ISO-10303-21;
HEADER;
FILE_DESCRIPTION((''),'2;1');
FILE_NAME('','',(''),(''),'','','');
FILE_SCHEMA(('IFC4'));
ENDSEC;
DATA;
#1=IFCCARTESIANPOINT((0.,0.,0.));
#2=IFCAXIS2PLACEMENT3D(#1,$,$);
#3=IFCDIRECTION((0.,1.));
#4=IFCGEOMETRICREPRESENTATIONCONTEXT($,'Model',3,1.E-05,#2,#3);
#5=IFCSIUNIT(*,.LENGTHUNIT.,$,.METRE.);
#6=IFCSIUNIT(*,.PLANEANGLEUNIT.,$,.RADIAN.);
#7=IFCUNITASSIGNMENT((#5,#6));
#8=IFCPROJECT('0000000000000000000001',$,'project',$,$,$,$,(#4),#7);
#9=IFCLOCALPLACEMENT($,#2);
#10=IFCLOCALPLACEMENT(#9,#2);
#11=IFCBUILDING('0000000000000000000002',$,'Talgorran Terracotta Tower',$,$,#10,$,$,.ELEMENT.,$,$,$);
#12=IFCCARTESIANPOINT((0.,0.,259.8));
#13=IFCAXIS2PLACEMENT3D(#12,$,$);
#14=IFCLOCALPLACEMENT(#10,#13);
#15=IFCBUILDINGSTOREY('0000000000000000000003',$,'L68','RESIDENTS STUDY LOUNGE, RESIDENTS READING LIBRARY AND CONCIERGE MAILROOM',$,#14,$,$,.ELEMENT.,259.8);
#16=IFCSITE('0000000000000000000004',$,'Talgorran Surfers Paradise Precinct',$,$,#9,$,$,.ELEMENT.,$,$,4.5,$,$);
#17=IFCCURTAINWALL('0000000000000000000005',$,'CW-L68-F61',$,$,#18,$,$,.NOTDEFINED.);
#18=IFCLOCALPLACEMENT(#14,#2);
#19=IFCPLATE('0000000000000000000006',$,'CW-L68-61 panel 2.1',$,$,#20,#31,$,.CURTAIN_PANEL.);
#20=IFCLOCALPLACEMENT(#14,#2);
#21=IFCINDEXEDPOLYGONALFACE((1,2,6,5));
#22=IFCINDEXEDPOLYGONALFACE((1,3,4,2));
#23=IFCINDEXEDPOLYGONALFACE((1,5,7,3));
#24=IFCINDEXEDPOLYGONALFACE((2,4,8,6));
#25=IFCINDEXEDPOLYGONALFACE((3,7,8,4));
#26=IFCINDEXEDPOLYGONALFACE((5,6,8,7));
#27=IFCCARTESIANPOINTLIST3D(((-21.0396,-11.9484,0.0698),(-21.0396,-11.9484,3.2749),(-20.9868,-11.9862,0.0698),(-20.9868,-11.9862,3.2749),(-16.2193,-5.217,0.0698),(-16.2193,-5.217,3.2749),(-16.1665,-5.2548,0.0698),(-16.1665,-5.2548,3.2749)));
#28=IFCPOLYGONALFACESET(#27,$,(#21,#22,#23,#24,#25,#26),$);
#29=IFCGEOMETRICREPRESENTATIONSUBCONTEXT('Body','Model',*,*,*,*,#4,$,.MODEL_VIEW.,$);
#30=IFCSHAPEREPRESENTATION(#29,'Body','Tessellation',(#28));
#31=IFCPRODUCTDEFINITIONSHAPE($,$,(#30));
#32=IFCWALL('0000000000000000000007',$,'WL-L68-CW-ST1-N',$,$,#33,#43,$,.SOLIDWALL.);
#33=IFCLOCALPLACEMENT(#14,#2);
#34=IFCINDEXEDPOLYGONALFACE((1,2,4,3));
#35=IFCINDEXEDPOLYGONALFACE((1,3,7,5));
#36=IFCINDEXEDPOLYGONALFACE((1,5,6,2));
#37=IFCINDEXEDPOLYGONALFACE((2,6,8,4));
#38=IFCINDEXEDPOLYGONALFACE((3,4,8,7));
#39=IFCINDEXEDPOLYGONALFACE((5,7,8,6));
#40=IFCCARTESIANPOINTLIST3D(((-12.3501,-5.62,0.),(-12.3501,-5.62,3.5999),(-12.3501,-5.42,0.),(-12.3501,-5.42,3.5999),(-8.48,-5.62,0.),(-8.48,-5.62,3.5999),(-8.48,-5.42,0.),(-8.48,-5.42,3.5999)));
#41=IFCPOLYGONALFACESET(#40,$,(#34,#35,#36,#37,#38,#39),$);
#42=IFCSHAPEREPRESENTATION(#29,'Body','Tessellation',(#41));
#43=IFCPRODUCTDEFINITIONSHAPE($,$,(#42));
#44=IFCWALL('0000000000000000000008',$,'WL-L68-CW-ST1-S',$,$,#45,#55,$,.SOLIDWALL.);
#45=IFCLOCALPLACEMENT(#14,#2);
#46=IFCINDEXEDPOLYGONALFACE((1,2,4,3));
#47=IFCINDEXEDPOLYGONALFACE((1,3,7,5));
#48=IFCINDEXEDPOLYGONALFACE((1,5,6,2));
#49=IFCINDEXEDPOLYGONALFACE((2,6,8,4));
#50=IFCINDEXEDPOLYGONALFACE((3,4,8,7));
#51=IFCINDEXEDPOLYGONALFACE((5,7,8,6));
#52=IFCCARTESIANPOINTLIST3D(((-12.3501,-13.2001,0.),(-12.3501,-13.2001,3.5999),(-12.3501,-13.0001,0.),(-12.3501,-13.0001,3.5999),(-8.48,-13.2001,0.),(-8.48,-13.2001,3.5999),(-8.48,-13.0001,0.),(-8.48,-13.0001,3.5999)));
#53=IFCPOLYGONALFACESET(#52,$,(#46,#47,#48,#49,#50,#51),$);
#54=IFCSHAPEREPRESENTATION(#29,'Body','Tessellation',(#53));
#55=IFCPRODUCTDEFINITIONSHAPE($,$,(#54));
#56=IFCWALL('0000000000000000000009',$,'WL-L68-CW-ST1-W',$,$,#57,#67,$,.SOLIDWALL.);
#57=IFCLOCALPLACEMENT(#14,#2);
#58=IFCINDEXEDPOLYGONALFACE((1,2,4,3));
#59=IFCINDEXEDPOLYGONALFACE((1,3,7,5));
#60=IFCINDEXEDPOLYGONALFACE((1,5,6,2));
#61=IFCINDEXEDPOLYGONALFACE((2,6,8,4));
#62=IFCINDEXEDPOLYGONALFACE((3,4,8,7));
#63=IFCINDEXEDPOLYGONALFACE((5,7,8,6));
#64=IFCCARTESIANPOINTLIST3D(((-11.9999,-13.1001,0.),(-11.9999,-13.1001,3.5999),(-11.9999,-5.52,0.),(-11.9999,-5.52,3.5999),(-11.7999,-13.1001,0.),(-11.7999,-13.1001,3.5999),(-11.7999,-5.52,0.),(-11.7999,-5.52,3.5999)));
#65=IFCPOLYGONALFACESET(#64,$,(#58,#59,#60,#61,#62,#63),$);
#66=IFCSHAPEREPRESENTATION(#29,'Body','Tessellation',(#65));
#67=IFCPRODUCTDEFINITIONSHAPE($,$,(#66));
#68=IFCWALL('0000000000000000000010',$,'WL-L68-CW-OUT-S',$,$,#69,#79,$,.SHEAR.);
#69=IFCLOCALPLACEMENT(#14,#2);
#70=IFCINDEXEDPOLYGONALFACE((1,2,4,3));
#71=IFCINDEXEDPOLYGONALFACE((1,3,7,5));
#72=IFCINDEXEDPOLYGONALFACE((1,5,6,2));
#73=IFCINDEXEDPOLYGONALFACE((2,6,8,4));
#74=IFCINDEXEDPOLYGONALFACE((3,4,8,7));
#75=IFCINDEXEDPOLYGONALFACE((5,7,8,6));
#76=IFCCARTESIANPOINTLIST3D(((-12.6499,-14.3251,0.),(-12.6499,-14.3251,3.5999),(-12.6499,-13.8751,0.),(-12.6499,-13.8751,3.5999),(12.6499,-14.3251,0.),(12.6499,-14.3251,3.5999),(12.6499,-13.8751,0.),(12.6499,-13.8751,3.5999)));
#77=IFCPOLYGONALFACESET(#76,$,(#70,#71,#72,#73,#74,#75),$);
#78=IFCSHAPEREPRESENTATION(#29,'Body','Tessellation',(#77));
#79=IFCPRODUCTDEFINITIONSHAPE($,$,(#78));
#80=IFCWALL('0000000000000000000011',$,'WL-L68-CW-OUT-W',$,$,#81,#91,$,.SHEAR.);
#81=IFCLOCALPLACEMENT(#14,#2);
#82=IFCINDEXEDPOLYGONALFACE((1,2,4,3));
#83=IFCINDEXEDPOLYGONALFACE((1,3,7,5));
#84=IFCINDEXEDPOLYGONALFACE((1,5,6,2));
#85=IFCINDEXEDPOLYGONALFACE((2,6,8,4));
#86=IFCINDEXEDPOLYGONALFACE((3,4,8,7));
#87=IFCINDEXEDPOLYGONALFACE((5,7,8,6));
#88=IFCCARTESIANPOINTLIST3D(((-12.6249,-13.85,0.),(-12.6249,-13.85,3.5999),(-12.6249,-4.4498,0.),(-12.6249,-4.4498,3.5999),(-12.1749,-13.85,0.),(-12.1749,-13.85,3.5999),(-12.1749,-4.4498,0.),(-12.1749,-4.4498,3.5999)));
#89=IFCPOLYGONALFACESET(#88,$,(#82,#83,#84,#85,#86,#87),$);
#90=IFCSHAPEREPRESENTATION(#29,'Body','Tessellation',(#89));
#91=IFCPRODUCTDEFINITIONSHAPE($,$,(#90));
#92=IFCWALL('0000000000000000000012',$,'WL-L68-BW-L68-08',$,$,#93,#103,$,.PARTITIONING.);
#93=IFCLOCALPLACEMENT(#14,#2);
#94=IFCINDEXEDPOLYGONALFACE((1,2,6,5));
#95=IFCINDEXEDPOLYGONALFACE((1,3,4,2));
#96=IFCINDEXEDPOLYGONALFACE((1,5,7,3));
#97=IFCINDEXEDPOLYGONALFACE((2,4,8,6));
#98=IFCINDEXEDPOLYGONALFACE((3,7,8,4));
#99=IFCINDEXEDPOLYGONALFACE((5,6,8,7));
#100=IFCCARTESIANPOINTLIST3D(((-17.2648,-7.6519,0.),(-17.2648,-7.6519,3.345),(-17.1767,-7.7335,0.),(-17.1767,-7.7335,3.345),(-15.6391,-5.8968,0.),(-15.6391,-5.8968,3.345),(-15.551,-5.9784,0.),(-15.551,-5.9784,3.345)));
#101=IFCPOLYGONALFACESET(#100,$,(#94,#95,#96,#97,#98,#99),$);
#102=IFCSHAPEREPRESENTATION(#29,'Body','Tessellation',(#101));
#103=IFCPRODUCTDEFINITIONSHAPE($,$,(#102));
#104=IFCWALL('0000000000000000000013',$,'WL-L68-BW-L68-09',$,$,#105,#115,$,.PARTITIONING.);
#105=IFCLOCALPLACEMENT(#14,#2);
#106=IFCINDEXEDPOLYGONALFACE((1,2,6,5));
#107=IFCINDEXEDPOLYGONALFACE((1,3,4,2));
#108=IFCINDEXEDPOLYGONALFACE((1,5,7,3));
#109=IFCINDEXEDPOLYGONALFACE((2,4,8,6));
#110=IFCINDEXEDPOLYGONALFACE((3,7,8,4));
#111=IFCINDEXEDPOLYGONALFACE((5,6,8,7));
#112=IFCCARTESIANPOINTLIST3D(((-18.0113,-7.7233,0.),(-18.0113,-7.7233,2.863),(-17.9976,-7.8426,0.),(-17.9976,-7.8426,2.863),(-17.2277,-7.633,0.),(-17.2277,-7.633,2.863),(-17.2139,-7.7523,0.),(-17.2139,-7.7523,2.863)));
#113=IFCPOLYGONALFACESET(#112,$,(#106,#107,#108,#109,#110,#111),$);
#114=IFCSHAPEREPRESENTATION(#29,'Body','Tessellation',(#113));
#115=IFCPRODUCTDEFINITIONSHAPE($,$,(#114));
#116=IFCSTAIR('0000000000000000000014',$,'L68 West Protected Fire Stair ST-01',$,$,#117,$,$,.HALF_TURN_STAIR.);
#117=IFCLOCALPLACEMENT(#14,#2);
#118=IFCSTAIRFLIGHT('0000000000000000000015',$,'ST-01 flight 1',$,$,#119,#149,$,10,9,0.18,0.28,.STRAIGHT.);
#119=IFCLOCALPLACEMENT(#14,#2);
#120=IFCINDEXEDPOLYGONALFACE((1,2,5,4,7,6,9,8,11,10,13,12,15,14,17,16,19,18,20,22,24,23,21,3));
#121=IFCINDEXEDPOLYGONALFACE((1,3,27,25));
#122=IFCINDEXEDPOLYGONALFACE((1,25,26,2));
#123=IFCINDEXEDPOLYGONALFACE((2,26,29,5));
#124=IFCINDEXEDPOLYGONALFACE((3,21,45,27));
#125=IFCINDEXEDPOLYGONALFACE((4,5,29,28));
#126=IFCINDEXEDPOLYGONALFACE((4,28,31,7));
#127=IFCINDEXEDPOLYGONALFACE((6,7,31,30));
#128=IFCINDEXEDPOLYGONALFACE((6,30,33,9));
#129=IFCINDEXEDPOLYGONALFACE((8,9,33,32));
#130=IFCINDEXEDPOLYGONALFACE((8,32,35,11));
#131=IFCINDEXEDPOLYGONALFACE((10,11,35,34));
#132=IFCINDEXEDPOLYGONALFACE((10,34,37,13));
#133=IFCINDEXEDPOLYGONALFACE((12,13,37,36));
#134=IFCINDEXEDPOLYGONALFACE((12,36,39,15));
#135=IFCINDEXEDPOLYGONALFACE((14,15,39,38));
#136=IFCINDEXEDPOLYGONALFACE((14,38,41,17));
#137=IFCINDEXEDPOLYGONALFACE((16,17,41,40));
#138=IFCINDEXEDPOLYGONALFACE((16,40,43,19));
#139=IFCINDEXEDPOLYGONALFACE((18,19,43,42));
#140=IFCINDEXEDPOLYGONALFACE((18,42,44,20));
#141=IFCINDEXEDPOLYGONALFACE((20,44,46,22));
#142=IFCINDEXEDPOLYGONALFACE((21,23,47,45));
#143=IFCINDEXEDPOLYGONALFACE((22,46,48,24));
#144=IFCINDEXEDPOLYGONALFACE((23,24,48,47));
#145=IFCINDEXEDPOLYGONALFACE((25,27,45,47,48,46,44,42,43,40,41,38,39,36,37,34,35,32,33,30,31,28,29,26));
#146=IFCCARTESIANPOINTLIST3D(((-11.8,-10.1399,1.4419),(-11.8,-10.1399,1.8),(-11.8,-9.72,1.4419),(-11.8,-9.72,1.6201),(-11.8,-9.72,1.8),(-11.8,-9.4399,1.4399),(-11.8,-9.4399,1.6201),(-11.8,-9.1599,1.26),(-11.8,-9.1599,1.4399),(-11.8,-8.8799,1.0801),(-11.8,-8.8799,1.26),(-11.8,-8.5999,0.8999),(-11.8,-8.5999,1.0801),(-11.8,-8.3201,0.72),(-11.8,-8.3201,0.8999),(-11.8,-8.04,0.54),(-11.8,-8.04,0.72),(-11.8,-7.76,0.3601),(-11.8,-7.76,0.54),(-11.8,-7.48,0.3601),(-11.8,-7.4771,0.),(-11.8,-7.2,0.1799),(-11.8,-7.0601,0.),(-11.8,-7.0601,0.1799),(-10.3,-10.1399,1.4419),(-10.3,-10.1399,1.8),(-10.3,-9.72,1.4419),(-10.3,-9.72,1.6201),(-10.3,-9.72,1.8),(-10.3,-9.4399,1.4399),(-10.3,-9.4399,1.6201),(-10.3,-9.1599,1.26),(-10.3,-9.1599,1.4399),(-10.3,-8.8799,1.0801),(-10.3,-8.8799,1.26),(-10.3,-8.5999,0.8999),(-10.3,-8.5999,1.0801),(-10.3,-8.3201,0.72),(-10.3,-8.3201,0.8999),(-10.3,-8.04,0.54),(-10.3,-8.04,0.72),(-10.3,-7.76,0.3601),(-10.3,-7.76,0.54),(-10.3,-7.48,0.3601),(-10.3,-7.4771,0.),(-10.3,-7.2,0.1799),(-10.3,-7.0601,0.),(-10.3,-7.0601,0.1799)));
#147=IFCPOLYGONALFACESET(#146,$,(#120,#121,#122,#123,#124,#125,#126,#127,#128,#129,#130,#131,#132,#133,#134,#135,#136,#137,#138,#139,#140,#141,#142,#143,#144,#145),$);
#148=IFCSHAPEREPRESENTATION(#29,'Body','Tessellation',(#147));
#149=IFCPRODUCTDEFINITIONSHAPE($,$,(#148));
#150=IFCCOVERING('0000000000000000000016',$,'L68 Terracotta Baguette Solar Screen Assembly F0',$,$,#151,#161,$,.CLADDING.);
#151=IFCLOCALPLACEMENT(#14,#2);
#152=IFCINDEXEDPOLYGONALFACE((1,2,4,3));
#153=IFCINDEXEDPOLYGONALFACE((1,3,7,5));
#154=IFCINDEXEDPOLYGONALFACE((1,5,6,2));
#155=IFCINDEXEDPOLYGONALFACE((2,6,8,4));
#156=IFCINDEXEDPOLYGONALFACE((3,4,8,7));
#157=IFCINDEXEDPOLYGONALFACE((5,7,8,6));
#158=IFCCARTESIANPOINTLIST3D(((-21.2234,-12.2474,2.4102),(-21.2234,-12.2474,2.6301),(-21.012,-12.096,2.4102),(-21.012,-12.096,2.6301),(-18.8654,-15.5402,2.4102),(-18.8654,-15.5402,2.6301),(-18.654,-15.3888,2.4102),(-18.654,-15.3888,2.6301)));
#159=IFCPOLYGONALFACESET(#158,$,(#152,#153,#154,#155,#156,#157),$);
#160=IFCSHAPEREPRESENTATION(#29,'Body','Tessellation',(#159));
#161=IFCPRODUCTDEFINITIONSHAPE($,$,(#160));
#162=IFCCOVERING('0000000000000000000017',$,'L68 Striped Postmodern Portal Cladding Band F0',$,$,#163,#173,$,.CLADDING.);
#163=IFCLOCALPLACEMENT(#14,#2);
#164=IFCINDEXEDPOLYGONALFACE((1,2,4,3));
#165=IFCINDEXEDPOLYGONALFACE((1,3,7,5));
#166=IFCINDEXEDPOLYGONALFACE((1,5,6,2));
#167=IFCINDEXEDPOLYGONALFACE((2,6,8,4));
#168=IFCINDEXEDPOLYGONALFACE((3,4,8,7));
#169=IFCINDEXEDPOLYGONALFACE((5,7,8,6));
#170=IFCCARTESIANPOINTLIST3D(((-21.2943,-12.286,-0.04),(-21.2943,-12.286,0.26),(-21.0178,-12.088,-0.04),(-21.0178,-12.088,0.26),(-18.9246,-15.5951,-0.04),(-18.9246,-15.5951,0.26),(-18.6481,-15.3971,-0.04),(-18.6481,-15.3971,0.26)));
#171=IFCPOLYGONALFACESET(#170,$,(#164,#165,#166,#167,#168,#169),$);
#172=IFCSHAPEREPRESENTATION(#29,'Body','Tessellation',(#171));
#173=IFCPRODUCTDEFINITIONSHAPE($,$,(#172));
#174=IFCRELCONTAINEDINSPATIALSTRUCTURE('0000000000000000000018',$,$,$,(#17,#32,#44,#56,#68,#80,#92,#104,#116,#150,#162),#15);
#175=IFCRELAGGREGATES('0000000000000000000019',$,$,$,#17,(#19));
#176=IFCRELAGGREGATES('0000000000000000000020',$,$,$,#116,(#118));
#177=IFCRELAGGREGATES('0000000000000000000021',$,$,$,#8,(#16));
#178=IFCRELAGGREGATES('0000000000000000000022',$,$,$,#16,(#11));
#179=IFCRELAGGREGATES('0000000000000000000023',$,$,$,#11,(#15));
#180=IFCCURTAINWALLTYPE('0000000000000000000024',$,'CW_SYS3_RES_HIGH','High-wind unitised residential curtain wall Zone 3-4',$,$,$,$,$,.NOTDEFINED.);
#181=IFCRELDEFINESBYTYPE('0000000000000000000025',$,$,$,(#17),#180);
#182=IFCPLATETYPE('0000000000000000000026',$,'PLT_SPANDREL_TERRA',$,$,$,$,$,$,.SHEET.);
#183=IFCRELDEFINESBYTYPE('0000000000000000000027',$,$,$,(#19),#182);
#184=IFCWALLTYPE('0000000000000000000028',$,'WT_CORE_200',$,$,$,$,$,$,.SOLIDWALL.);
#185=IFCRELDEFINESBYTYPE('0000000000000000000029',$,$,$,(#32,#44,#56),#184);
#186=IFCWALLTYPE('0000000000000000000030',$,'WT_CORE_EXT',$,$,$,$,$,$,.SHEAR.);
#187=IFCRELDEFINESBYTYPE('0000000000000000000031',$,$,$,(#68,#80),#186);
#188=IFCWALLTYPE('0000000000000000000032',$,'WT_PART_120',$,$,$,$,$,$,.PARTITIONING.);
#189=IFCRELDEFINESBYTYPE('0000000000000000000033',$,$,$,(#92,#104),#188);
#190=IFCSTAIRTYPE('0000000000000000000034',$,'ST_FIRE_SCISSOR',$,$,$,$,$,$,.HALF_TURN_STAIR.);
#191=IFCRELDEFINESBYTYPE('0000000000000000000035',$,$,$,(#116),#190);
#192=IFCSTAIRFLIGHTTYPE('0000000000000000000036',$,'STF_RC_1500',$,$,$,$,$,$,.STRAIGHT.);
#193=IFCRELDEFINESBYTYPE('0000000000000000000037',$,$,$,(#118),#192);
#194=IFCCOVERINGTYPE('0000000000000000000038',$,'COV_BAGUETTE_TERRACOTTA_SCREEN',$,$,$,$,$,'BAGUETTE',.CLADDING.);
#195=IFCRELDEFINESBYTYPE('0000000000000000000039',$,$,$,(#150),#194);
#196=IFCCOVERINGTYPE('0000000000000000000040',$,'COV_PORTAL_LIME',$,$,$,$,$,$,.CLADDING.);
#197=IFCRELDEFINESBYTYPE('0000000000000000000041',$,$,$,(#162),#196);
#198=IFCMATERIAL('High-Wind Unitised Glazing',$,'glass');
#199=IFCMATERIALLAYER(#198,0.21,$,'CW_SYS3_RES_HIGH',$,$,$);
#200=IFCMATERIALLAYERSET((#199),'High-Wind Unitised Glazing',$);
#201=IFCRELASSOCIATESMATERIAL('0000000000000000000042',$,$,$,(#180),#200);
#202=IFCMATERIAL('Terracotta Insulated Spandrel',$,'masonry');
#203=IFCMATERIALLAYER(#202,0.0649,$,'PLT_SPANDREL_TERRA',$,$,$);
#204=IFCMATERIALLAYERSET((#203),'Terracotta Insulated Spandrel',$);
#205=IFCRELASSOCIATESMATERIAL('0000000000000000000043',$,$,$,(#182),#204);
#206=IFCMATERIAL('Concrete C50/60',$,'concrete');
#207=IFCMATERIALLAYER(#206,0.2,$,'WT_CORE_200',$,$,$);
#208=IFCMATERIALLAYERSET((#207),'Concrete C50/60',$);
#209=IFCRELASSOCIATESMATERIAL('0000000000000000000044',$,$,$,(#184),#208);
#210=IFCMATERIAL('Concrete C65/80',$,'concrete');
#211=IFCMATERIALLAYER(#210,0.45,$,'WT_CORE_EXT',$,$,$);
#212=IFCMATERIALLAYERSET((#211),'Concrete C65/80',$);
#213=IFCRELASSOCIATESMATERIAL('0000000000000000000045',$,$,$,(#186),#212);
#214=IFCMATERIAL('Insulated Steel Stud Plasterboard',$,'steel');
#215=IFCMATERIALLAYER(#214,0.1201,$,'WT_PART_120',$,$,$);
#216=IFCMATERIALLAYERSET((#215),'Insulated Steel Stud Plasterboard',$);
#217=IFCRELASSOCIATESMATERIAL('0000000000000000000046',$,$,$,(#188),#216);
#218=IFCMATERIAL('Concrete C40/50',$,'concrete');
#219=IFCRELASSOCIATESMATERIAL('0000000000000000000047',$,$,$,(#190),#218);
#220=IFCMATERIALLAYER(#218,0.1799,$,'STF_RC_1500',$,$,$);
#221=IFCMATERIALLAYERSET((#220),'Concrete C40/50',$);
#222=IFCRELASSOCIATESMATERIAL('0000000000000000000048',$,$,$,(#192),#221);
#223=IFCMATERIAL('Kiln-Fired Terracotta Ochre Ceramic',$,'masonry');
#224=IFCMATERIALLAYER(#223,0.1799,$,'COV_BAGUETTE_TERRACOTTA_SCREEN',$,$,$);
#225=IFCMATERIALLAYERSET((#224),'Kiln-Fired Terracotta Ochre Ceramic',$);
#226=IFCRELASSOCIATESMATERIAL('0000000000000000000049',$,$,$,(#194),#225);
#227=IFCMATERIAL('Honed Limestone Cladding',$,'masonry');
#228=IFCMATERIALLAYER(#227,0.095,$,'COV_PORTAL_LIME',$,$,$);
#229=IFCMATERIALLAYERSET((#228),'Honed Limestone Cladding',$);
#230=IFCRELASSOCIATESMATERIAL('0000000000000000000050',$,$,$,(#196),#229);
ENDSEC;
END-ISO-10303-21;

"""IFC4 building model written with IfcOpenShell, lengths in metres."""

from ifc_helpers import new_model, si_unit, direction, frame, frame_2d, origin, origin_2d, place, context, subcontext, project, spatial, polyline, rectangle, outline, extrude, source, transform, mapped, material, layer, layer_set, type_object, element, aggregate, save


model = new_model("IFC4")

# Units and contexts
model_context = context("Model", 3, precision=1e-05, world=origin(), true_north=direction((0.0, 1.0)))
body_context = subcontext(model_context, "Body", "Model", "MODEL_VIEW")
ifc_project = project(units=[si_unit("LENGTHUNIT", "METRE"), si_unit("PLANEANGLEUNIT", "RADIAN")], contexts=[model_context])

# Site, building, storey
site_placement = place(None, origin())
site = spatial("IfcSite", under=ifc_project, at=site_placement, Name="Talgorran Surfers Paradise Precinct", CompositionType="ELEMENT", RefElevation=4.5)
building_placement = place(site_placement, origin())
building = spatial("IfcBuilding", under=site, at=building_placement, Name="Talgorran Terracotta Tower", CompositionType="ELEMENT")
storey_placement = place(building_placement, frame((0.0, 0.0, 259.8)))
storey = spatial("IfcBuildingStorey", under=building, at=storey_placement, Name="L68", Description="RESIDENTS STUDY LOUNGE, RESIDENTS READING LIBRARY AND CONCIERGE MAILROOM", CompositionType="ELEMENT", Elevation=259.8)

# Shared definitions
ifc_material_1 = material(Name="High-Wind Unitised Glazing", Category="glass")
ifc_layer_1 = layer(ifc_material_1, 0.21, Name="CW_SYS3_RES_HIGH")
ifc_layer_set_1 = layer_set([ifc_layer_1], Name="High-Wind Unitised Glazing")
curtain_wall_type = type_object("IfcCurtainWallType", Name="CW_SYS3_RES_HIGH", Description="High-wind unitised residential curtain wall Zone 3-4", PredefinedType="NOTDEFINED", material=ifc_layer_set_1)

# Curtain wall
curtain_wall_1_placement = place(storey_placement, origin())
curtain_wall_1 = element("IfcCurtainWall", 1, at=curtain_wall_1_placement, inside=storey, type_object=curtain_wall_type, Name="CW-L68-F61", PredefinedType="NOTDEFINED")

# Plate
ifc_material_2 = material(Name="Terracotta Insulated Spandrel", Category="masonry")
ifc_layer_2 = layer(ifc_material_2, 0.0649, Name="PLT_SPANDREL_TERRA")
ifc_layer_set_2 = layer_set([ifc_layer_2], Name="Terracotta Insulated Spandrel")
plate_type_1 = type_object("IfcPlateType", Name="PLT_SPANDREL_TERRA", PredefinedType="SHEET", material=ifc_layer_set_2)
shared_shape_1 = source(origin(), body_context, "Body", "SweptSolid", [
    extrude(rectangle(XDim=8.2793, YDim=0.0649, at=origin_2d()), origin(), (0.0, 0.0, 1.0), 3.2051),
])
plate_1_placement = place(storey_placement, frame((-18.603, -8.6016, 0.0698), z_axis=(0.0, 0.0, 1.0), x_axis=(-0.582206, -0.813041, 0.0)))
plate_1 = element("IfcPlate", 2, at=plate_1_placement, type_object=plate_type_1, Name="CW-L68-61 panel 2.1", PredefinedType="CURTAIN_PANEL", context=body_context, shape_type="MappedRepresentation", body=[
    mapped(shared_shape_1, transform((0.0, 0.0, 0.0), scale=1.0)),
])
aggregate(curtain_wall_1, [plate_1])

# Walls
ifc_material_3 = material(Name="Concrete C50/60", Category="concrete")
ifc_layer_3 = layer(ifc_material_3, 0.2, Name="WT_CORE_200")
ifc_layer_set_3 = layer_set([ifc_layer_3], Name="Concrete C50/60")
wall_type_1 = type_object("IfcWallType", Name="WT_CORE_200", PredefinedType="SOLIDWALL", material=ifc_layer_set_3)
for number, where, z_axis, x_axis, name in (
    (3, (-12.3501, -5.52, 0.0), (0.0, 0.0, 1.0), (1.0, 0.0, 0.0), "WL-L68-CW-ST1-N"),
    (4, (-12.3501, -13.1001, 0.0), (0.0, 0.0, 1.0), (1.0, 0.0, 0.0), "WL-L68-CW-ST1-S"),
):
    element("IfcWall", number, at=place(storey_placement, frame(where, z_axis=z_axis, x_axis=x_axis)), inside=storey, type_object=wall_type_1, Name=name, PredefinedType="SOLIDWALL", context=body_context, shape_type="SweptSolid", body=[
        extrude(rectangle(XDim=3.8701, YDim=0.2, at=frame_2d((1.9351, 0.0))), origin(), (0.0, 0.0, 1.0), 3.5999),
    ])
wall_1_placement = place(storey_placement, frame((-11.8999, -13.1001, 0.0), z_axis=(0.0, 0.0, 1.0), x_axis=(0.0, 1.0, 0.0)))
element("IfcWall", 5, at=wall_1_placement, inside=storey, type_object=wall_type_1, Name="WL-L68-CW-ST1-W", PredefinedType="SOLIDWALL", context=body_context, shape_type="SweptSolid", body=[
    extrude(rectangle(XDim=7.5801, YDim=0.2, at=frame_2d((3.79, 0.0))), origin(), (0.0, 0.0, 1.0), 3.5999),
])
ifc_material_4 = material(Name="Concrete C65/80", Category="concrete")
ifc_layer_4 = layer(ifc_material_4, 0.45, Name="WT_CORE_EXT")
ifc_layer_set_4 = layer_set([ifc_layer_4], Name="Concrete C65/80")
wall_type_2 = type_object("IfcWallType", Name="WT_CORE_EXT", PredefinedType="SHEAR", material=ifc_layer_set_4)
wall_2_placement = place(storey_placement, frame((-12.6499, -14.1001, 0.0), z_axis=(0.0, 0.0, 1.0), x_axis=(1.0, 0.0, 0.0)))
element("IfcWall", 6, at=wall_2_placement, inside=storey, type_object=wall_type_2, Name="WL-L68-CW-OUT-S", PredefinedType="SHEAR", context=body_context, shape_type="SweptSolid", body=[
    extrude(rectangle(XDim=25.2998, YDim=0.45, at=frame_2d((12.6499, 0.0))), origin(), (0.0, 0.0, 1.0), 3.5999),
])
wall_3_placement = place(storey_placement, frame((-12.3999, -13.8501, 0.0), z_axis=(0.0, 0.0, 1.0), x_axis=(0.0, 1.0, 0.0)))
element("IfcWall", 7, at=wall_3_placement, inside=storey, type_object=wall_type_2, Name="WL-L68-CW-OUT-W", PredefinedType="SHEAR", context=body_context, shape_type="SweptSolid", body=[
    extrude(rectangle(XDim=9.4001, YDim=0.45, at=frame_2d((4.7002, 0.0))), origin(), (0.0, 0.0, 1.0), 3.5999),
])
ifc_material_5 = material(Name="Insulated Steel Stud Plasterboard", Category="steel")
ifc_layer_5 = layer(ifc_material_5, 0.1201, Name="WT_PART_120")
ifc_layer_set_5 = layer_set([ifc_layer_5], Name="Insulated Steel Stud Plasterboard")
wall_type_3 = type_object("IfcWallType", Name="WT_PART_120", PredefinedType="PARTITIONING", material=ifc_layer_set_5)
wall_4_placement = place(storey_placement, frame((-15.595, -5.9375, 0.0), z_axis=(0.0, 0.0, 1.0), x_axis=(-0.679546, -0.733633, 0.0)))
element("IfcWall", 8, at=wall_4_placement, inside=storey, type_object=wall_type_3, Name="WL-L68-BW-L68-08", PredefinedType="PARTITIONING", context=body_context, shape_type="SweptSolid", body=[
    extrude(rectangle(XDim=2.3923, YDim=0.1201, at=frame_2d((1.1963, 0.0))), origin(), (0.0, 0.0, 1.0), 3.345),
])
wall_5_placement = place(storey_placement, frame((-17.2207, -7.6926, 0.0), z_axis=(0.0, 0.0, 1.0), x_axis=(-0.993422, -0.114507, 0.0)))
element("IfcWall", 9, at=wall_5_placement, inside=storey, type_object=wall_type_3, Name="WL-L68-BW-L68-09", PredefinedType="PARTITIONING", context=body_context, shape_type="SweptSolid", body=[
    extrude(rectangle(XDim=0.7888, YDim=0.1201, at=frame_2d((0.3945, 0.0))), origin(), (0.0, 0.0, 1.0), 2.863),
])

# Stair, stair flight
ifc_material_6 = material(Name="Concrete C40/50", Category="concrete")
stair_type = type_object("IfcStairType", Name="ST_FIRE_SCISSOR", PredefinedType="HALF_TURN_STAIR", material=ifc_material_6)
stair_placement = place(storey_placement, origin())
stair = element("IfcStair", 10, at=stair_placement, inside=storey, type_object=stair_type, Name="L68 West Protected Fire Stair ST-01", PredefinedType="HALF_TURN_STAIR")
ifc_layer_6 = layer(ifc_material_6, 0.1799, Name="STF_RC_1500")
ifc_layer_set_6 = layer_set([ifc_layer_6], Name="Concrete C40/50")
stair_flight_type = type_object("IfcStairFlightType", Name="STF_RC_1500", PredefinedType="STRAIGHT", material=ifc_layer_set_6)
stair_flight_placement = place(storey_placement, frame((-11.05, -7.2, 0.0), z_axis=(0.0, 0.0, 1.0), x_axis=(0.0, -1.0, 0.0)))
stair_flight = element("IfcStairFlight", 11, at=stair_flight_placement, type_object=stair_flight_type, Name="ST-01 flight 1", NumberOfRisers=10, NumberOfTreads=9, PredefinedType="STRAIGHT", RiserHeight=0.18, TreadLength=0.28, context=body_context, shape_type="SweptSolid", body=[
    extrude(outline(polyline([(-0.1399, 0.0), (-0.1399, 0.1799), (0.0, 0.1799), (0.28, 0.3601), (0.5601, 0.3601), (0.5601, 0.54), (0.8401, 0.54), (0.8401, 0.72), (1.1201, 0.72), (1.1201, 0.8999), (1.3999, 0.8999), (1.3999, 1.0801), (1.6799, 1.0801), (1.6799, 1.26), (1.96, 1.26), (1.96, 1.4399), (2.24, 1.4399), (2.24, 1.6201), (2.52, 1.6201), (2.52, 1.8), (2.9399, 1.8), (2.9399, 1.4419), (2.52, 1.4419), (0.2771, 0.0), (-0.1399, 0.0)])), frame((0.0, 0.75, 0.0), z_axis=(0.0, -1.0, 0.0), x_axis=(1.0, 0.0, 0.0)), (0.0, 0.0, 1.0), 1.5),
])
aggregate(stair, [stair_flight])

# Coverings
ifc_material_7 = material(Name="Kiln-Fired Terracotta Ochre Ceramic", Category="masonry")
ifc_layer_7 = layer(ifc_material_7, 0.1799, Name="COV_BAGUETTE_TERRACOTTA_SCREEN")
ifc_layer_set_7 = layer_set([ifc_layer_7], Name="Kiln-Fired Terracotta Ochre Ceramic")
covering_type_1 = type_object("IfcCoveringType", Name="COV_BAGUETTE_TERRACOTTA_SCREEN", ElementType="BAGUETTE", PredefinedType="CLADDING", material=ifc_layer_set_7)
covering_1_placement = place(storey_placement, frame((-19.9387, -13.8181, 2.4102), z_axis=(0.0, 0.0, 1.0), x_axis=(0.582222, -0.81303, 0.0)))
element("IfcCovering", 12, at=covering_1_placement, inside=storey, type_object=covering_type_1, Name="L68 Terracotta Baguette Solar Screen Assembly F0", PredefinedType="CLADDING", context=body_context, shape_type="SweptSolid", body=[
    extrude(rectangle(XDim=4.05, YDim=0.26, at=origin_2d()), origin(), (0.0, 0.0, 1.0), 0.22),
])
ifc_material_8 = material(Name="Honed Limestone Cladding", Category="masonry")
ifc_layer_8 = layer(ifc_material_8, 0.095, Name="COV_PORTAL_LIME")
ifc_layer_set_8 = layer_set([ifc_layer_8], Name="Honed Limestone Cladding")
covering_type_2 = type_object("IfcCoveringType", Name="COV_PORTAL_LIME", PredefinedType="CLADDING", material=ifc_layer_set_8)
covering_2_placement = place(storey_placement, frame((-19.9712, -13.8416, -0.04), z_axis=(0.0, 0.0, 1.0), x_axis=(0.582222, -0.81303, 0.0)))
element("IfcCovering", 13, at=covering_2_placement, inside=storey, type_object=covering_type_2, Name="L68 Striped Postmodern Portal Cladding Band F0", PredefinedType="CLADDING", context=body_context, shape_type="SweptSolid", body=[
    extrude(rectangle(XDim=4.0701, YDim=0.3401, at=origin_2d()), origin(), (0.0, 0.0, 1.0), 0.3),
])

save(model, "model.ifc")
